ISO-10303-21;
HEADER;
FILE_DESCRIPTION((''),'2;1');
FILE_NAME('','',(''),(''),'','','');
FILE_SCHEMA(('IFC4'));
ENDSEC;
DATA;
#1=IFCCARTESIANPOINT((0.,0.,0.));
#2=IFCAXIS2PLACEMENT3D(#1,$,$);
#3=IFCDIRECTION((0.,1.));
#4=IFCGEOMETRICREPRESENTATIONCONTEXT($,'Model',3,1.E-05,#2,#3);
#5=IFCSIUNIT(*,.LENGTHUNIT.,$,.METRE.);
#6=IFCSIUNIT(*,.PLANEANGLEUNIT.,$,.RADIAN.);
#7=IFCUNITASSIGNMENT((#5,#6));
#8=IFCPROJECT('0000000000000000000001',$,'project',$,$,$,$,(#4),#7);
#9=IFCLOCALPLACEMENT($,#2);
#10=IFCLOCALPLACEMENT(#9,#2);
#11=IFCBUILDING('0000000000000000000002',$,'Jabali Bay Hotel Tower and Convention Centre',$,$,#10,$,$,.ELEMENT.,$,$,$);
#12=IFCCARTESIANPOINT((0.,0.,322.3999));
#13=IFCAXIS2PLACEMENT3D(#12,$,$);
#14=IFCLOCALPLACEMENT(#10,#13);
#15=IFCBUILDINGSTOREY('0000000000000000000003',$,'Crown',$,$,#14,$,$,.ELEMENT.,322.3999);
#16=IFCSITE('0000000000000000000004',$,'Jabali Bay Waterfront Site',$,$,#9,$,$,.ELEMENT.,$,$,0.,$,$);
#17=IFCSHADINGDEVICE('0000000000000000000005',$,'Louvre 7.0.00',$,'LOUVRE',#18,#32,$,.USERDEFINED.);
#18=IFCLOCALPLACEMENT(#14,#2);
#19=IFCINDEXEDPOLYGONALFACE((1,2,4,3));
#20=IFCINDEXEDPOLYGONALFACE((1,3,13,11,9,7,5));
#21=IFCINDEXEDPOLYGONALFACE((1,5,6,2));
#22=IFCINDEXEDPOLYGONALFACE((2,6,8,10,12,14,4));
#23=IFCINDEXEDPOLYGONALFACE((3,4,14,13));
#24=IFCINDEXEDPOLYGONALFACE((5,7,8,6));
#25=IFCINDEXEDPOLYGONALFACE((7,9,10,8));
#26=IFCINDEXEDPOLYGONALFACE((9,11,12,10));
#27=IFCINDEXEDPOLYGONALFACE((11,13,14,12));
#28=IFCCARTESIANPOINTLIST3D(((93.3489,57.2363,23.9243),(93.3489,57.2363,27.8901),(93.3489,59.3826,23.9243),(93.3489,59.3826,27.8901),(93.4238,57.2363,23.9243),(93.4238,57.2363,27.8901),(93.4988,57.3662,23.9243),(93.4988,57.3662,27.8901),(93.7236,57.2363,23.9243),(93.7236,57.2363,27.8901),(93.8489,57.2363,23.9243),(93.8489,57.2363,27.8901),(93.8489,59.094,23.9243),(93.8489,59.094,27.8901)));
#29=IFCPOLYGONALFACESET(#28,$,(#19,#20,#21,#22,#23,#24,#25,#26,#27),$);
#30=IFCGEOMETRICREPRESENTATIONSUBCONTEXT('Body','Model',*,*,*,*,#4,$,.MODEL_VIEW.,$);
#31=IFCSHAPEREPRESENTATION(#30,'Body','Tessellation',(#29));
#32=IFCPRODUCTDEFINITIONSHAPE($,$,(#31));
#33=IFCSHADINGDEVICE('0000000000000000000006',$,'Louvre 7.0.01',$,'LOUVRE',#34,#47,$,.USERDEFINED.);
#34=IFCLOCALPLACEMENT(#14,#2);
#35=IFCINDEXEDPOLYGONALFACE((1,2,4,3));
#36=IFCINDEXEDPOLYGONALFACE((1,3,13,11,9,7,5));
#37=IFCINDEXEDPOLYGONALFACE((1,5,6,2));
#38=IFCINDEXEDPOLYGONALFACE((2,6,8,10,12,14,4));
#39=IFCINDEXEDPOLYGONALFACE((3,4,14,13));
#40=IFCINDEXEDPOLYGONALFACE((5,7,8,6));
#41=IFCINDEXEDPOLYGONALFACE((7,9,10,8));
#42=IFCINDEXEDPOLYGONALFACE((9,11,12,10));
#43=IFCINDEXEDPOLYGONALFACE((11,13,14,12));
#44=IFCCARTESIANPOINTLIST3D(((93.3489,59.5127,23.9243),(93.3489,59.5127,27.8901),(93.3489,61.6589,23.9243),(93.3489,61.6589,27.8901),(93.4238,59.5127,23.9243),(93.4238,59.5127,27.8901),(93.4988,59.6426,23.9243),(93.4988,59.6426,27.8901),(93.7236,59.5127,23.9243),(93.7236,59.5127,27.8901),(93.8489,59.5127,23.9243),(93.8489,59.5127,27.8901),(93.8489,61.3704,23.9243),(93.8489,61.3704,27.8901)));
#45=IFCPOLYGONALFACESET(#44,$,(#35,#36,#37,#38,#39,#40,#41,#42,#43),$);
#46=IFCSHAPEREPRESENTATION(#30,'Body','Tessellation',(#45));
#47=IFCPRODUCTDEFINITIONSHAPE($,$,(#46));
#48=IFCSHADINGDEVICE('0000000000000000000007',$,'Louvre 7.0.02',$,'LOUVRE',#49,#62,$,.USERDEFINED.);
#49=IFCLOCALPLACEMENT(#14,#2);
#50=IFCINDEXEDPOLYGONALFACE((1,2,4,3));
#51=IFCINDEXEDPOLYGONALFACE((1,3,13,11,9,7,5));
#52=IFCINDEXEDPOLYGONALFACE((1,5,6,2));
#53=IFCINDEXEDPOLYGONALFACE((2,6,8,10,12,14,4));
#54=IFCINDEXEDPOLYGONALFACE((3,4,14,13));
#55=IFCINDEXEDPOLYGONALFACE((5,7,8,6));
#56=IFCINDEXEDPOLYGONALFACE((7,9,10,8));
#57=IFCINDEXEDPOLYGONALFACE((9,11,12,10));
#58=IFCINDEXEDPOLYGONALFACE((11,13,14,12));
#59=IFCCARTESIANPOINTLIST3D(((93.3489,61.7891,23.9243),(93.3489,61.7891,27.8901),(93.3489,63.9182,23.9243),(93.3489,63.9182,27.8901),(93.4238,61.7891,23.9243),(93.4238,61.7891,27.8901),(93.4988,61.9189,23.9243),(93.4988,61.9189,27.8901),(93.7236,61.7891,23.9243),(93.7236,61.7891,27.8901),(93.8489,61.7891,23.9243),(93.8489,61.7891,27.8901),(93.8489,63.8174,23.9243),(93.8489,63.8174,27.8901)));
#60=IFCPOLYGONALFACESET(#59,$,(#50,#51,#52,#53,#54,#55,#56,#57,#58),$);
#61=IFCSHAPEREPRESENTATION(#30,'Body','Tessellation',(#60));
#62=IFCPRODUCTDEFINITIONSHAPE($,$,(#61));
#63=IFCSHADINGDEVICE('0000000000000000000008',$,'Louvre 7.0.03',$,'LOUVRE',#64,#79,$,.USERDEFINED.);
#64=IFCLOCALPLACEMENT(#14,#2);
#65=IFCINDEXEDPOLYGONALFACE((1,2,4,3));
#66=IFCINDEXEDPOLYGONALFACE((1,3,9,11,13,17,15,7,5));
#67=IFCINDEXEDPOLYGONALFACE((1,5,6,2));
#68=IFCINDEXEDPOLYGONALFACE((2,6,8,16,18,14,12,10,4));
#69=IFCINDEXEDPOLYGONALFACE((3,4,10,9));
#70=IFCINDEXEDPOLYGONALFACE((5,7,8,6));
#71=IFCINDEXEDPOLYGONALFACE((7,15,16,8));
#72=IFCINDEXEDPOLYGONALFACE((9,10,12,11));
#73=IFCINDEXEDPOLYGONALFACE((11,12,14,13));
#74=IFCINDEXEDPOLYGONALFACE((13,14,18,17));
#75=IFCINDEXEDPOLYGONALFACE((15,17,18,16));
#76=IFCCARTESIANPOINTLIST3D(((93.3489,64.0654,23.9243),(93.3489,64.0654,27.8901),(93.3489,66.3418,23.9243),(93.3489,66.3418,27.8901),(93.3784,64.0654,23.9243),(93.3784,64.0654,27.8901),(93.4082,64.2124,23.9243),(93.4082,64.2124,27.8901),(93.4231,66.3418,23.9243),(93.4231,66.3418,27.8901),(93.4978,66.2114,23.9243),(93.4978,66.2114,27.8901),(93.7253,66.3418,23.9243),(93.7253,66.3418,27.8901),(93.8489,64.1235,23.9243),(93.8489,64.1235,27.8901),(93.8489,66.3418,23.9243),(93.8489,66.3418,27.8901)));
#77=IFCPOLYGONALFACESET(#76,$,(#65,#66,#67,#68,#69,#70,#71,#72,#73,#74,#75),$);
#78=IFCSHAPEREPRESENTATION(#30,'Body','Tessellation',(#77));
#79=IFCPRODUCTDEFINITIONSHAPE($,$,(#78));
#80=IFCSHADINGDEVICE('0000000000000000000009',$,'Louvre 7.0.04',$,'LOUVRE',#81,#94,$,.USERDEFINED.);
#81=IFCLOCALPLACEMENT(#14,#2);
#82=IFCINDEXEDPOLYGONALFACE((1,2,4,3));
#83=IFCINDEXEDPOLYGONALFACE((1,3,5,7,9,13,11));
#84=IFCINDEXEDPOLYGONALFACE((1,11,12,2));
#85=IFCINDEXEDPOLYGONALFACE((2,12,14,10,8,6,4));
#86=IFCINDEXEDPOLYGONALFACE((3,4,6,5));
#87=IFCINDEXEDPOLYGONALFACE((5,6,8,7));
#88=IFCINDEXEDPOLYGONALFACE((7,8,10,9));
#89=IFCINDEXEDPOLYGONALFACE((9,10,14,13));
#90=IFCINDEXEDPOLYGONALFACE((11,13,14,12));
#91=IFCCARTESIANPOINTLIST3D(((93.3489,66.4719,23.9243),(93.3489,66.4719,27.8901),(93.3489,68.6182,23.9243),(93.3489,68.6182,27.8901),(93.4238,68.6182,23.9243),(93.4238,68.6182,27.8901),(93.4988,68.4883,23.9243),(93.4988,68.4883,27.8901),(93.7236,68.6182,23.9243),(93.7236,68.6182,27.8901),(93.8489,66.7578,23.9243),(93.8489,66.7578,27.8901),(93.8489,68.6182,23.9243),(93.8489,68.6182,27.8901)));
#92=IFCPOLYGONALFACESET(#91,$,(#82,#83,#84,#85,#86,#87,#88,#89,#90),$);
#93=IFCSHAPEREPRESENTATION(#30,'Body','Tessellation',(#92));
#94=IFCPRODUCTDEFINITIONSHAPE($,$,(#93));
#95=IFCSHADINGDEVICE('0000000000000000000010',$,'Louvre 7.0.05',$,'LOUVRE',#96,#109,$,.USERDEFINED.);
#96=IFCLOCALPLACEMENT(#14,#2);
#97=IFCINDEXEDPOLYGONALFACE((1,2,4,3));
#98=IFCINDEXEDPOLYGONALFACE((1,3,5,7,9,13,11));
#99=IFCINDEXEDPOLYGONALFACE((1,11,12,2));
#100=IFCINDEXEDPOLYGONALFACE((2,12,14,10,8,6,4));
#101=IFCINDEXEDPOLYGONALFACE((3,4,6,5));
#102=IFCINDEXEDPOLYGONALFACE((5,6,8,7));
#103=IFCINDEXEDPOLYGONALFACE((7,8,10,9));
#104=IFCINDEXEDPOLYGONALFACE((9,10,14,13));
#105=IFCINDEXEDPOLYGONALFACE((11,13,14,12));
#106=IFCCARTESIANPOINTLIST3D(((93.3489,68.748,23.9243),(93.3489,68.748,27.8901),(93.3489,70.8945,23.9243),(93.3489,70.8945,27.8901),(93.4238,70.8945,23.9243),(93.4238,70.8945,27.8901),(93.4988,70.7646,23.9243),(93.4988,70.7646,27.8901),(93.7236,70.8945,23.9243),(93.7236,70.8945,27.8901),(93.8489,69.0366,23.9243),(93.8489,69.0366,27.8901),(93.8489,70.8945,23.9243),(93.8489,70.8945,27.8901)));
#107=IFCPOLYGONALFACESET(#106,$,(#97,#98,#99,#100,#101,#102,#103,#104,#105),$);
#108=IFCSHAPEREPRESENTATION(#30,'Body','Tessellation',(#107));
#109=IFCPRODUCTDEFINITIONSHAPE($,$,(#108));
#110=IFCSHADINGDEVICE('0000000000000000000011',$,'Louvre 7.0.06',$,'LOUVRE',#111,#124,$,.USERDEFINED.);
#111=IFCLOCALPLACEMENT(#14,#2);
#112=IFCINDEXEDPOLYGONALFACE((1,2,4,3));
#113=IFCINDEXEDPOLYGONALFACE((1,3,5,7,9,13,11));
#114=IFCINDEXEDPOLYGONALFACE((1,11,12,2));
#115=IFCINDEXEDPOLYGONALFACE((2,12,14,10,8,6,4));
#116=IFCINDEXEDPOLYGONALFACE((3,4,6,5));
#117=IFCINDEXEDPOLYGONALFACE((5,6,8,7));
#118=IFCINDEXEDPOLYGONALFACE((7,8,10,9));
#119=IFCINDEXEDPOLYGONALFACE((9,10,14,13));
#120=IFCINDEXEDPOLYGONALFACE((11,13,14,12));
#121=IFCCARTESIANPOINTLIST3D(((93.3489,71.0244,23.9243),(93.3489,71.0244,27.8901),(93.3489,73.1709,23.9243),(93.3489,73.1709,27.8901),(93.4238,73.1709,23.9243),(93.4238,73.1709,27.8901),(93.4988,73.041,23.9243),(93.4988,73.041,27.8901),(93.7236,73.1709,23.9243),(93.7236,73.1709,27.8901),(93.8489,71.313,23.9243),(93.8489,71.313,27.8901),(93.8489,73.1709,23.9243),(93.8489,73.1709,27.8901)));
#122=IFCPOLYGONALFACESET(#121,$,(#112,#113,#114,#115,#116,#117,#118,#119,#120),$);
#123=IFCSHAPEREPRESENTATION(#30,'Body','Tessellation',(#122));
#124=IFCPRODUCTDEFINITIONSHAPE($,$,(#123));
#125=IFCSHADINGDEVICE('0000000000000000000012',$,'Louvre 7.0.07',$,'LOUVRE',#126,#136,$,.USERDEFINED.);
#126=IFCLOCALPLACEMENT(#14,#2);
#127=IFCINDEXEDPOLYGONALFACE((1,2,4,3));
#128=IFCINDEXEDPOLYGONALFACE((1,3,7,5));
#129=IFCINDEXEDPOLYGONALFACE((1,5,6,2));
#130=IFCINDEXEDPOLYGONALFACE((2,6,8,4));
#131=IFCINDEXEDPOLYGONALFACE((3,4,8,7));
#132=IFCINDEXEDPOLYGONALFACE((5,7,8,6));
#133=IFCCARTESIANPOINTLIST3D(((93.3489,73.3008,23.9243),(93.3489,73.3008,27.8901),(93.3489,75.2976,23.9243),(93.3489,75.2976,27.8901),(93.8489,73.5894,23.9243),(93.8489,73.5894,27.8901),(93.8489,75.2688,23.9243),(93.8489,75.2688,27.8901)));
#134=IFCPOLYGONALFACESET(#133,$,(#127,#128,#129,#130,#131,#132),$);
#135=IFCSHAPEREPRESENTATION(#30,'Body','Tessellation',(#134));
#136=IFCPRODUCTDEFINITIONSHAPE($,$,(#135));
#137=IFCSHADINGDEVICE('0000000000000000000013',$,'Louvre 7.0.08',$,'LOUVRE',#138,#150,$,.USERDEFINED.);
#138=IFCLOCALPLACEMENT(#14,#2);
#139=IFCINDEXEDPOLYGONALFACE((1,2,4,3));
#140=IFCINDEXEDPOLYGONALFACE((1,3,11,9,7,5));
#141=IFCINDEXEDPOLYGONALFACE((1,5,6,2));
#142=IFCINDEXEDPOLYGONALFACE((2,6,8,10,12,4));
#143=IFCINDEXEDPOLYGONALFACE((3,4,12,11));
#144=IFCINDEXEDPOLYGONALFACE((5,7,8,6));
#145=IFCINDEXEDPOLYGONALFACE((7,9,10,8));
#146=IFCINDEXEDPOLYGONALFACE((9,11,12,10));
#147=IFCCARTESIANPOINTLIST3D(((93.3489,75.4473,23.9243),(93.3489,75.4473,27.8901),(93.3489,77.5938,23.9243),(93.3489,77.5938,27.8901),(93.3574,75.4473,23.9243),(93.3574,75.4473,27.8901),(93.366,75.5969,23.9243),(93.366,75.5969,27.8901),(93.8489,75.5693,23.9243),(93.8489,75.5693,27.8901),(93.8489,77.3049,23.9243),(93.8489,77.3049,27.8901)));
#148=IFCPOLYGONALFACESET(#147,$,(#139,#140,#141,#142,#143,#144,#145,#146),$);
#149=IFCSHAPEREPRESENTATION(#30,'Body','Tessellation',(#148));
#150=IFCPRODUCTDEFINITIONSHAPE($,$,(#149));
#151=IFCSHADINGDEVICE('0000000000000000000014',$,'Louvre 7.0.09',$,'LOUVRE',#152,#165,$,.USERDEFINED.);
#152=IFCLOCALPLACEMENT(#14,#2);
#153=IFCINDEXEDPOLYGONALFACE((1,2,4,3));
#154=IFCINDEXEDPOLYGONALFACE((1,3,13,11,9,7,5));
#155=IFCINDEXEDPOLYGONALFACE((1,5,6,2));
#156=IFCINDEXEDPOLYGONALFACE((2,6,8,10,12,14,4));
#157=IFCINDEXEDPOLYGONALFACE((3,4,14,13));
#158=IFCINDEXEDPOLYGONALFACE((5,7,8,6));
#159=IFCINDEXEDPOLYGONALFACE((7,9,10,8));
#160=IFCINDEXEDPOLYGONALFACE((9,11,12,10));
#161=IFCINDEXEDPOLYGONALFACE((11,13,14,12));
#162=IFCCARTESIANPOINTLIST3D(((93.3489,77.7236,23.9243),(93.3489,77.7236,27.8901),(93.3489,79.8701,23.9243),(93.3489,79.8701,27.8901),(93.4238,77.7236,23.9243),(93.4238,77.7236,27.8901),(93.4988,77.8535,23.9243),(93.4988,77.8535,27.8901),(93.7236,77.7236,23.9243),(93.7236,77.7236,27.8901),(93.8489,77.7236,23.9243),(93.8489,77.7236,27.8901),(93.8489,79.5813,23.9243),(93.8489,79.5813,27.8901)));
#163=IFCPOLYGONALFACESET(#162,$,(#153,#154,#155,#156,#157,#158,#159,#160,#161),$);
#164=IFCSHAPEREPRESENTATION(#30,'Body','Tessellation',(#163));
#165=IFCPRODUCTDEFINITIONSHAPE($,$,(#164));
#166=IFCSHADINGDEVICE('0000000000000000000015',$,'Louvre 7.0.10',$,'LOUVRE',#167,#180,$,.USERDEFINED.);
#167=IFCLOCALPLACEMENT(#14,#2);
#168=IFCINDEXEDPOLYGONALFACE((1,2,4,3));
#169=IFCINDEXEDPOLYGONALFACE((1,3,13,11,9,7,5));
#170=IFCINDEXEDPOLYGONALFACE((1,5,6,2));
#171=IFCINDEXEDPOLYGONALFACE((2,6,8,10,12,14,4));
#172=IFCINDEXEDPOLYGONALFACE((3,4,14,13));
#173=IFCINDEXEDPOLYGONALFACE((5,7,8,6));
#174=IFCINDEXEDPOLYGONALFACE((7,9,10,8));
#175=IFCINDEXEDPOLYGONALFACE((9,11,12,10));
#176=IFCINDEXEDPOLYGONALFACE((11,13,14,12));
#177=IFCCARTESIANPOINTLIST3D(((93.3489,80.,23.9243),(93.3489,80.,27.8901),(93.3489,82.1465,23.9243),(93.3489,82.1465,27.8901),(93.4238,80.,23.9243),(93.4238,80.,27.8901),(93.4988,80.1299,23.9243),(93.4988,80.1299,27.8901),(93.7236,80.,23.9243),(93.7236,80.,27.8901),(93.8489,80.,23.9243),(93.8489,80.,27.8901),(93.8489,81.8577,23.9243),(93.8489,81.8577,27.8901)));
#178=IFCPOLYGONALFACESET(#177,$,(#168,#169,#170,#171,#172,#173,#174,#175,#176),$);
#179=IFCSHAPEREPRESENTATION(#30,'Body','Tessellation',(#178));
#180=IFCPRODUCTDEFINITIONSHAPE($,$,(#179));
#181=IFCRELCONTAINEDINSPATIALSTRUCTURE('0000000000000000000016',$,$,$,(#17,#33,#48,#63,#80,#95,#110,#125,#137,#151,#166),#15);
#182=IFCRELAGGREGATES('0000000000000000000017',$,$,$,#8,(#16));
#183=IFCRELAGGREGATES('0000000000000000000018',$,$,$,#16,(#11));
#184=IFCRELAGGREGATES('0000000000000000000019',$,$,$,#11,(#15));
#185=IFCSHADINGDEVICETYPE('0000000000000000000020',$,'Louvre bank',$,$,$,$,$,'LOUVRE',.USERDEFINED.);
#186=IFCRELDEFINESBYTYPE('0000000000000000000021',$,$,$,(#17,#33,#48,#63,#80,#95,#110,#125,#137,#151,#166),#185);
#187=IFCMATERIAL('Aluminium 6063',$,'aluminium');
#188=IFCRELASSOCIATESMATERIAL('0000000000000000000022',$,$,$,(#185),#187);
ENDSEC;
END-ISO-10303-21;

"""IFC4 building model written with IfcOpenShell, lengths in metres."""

from ifc_helpers import new_model, si_unit, direction, frame, origin, place, context, subcontext, project, spatial, polyline, outline, extrude, material, type_object, element, save


model = new_model("IFC4")

# Units and contexts
model_context = context("Model", 3, precision=1e-05, world=origin(), true_north=direction((0.0, 1.0)))
body_context = subcontext(model_context, "Body", "Model", "MODEL_VIEW")
ifc_project = project(units=[si_unit("LENGTHUNIT", "METRE"), si_unit("PLANEANGLEUNIT", "RADIAN")], contexts=[model_context])

# Site, building, storey
site_placement = place(None, origin())
site = spatial("IfcSite", under=ifc_project, at=site_placement, Name="Jabali Bay Waterfront Site", CompositionType="ELEMENT", RefElevation=0.0)
building_placement = place(site_placement, origin())
building = spatial("IfcBuilding", under=site, at=building_placement, Name="Jabali Bay Hotel Tower and Convention Centre", CompositionType="ELEMENT")
storey_placement = place(building_placement, frame((0.0, 0.0, 322.3999)))
storey = spatial("IfcBuildingStorey", under=building, at=storey_placement, Name="Crown", CompositionType="ELEMENT", Elevation=322.3999)

# Shading devices
ifc_material = material(Name="Aluminium 6063", Category="aluminium")
shading_device_type = type_object("IfcShadingDeviceType", Name="Louvre bank", ElementType="LOUVRE", PredefinedType="USERDEFINED", material=ifc_material)
shading_device_1_placement = place(storey_placement, frame((0.0, 0.0, 23.9243)))
element("IfcShadingDevice", 1, at=shading_device_1_placement, inside=storey, type_object=shading_device_type, Name="Louvre 7.0.00", ObjectType="LOUVRE", PredefinedType="USERDEFINED", context=body_context, shape_type="SweptSolid", body=[
    extrude(outline(polyline([(93.3489, 59.3826), (93.3489, 57.2363), (93.4238, 57.2363), (93.4988, 57.3662), (93.7236, 57.2363), (93.8489, 57.2363), (93.8489, 59.094), (93.3489, 59.3826)])), origin(), (0.0, 0.0, 1.0), 3.9658),
])
shading_device_2_placement = place(storey_placement, frame((0.0, 0.0, 23.9243)))
element("IfcShadingDevice", 2, at=shading_device_2_placement, inside=storey, type_object=shading_device_type, Name="Louvre 7.0.01", ObjectType="LOUVRE", PredefinedType="USERDEFINED", context=body_context, shape_type="SweptSolid", body=[
    extrude(outline(polyline([(93.3489, 61.6589), (93.3489, 59.5127), (93.4238, 59.5127), (93.4988, 59.6426), (93.7236, 59.5127), (93.8489, 59.5127), (93.8489, 61.3704), (93.3489, 61.6589)])), origin(), (0.0, 0.0, 1.0), 3.9658),
])
shading_device_3_placement = place(storey_placement, frame((0.0, 0.0, 23.9243)))
element("IfcShadingDevice", 3, at=shading_device_3_placement, inside=storey, type_object=shading_device_type, Name="Louvre 7.0.02", ObjectType="LOUVRE", PredefinedType="USERDEFINED", context=body_context, shape_type="SweptSolid", body=[
    extrude(outline(polyline([(93.3489, 63.9182), (93.3489, 61.7891), (93.4238, 61.7891), (93.4988, 61.9189), (93.7236, 61.7891), (93.8489, 61.7891), (93.8489, 63.8174), (93.3489, 63.9182)])), origin(), (0.0, 0.0, 1.0), 3.9658),
])
shading_device_4_placement = place(storey_placement, frame((0.0, 0.0, 23.9243)))
element("IfcShadingDevice", 4, at=shading_device_4_placement, inside=storey, type_object=shading_device_type, Name="Louvre 7.0.03", ObjectType="LOUVRE", PredefinedType="USERDEFINED", context=body_context, shape_type="SweptSolid", body=[
    extrude(outline(polyline([(93.3489, 66.3418), (93.3489, 64.0654), (93.3784, 64.0654), (93.4082, 64.2124), (93.8489, 64.1235), (93.8489, 66.3418), (93.7253, 66.3418), (93.4978, 66.2114), (93.4231, 66.3418), (93.3489, 66.3418)])), origin(), (0.0, 0.0, 1.0), 3.9658),
])
shading_device_5_placement = place(storey_placement, frame((0.0, 0.0, 23.9243)))
element("IfcShadingDevice", 5, at=shading_device_5_placement, inside=storey, type_object=shading_device_type, Name="Louvre 7.0.04", ObjectType="LOUVRE", PredefinedType="USERDEFINED", context=body_context, shape_type="SweptSolid", body=[
    extrude(outline(polyline([(93.3489, 68.6182), (93.3489, 66.4719), (93.8489, 66.7578), (93.8489, 68.6182), (93.7236, 68.6182), (93.4988, 68.4883), (93.4238, 68.6182), (93.3489, 68.6182)])), origin(), (0.0, 0.0, 1.0), 3.9658),
])
shading_device_6_placement = place(storey_placement, frame((0.0, 0.0, 23.9243)))
element("IfcShadingDevice", 6, at=shading_device_6_placement, inside=storey, type_object=shading_device_type, Name="Louvre 7.0.05", ObjectType="LOUVRE", PredefinedType="USERDEFINED", context=body_context, shape_type="SweptSolid", body=[
    extrude(outline(polyline([(93.3489, 70.8945), (93.3489, 68.748), (93.8489, 69.0366), (93.8489, 70.8945), (93.7236, 70.8945), (93.4988, 70.7646), (93.4238, 70.8945), (93.3489, 70.8945)])), origin(), (0.0, 0.0, 1.0), 3.9658),
])
shading_device_7_placement = place(storey_placement, frame((0.0, 0.0, 23.9243)))
element("IfcShadingDevice", 7, at=shading_device_7_placement, inside=storey, type_object=shading_device_type, Name="Louvre 7.0.06", ObjectType="LOUVRE", PredefinedType="USERDEFINED", context=body_context, shape_type="SweptSolid", body=[
    extrude(outline(polyline([(93.3489, 73.1709), (93.3489, 71.0244), (93.8489, 71.313), (93.8489, 73.1709), (93.7236, 73.1709), (93.4988, 73.041), (93.4238, 73.1709), (93.3489, 73.1709)])), origin(), (0.0, 0.0, 1.0), 3.9658),
])
shading_device_8_placement = place(storey_placement, frame((0.0, 0.0, 23.9243)))
element("IfcShadingDevice", 8, at=shading_device_8_placement, inside=storey, type_object=shading_device_type, Name="Louvre 7.0.07", ObjectType="LOUVRE", PredefinedType="USERDEFINED", context=body_context, shape_type="SweptSolid", body=[
    extrude(outline(polyline([(93.3489, 75.2976), (93.3489, 73.3008), (93.8489, 73.5894), (93.8489, 75.2688), (93.3489, 75.2976)])), origin(), (0.0, 0.0, 1.0), 3.9658),
])
shading_device_9_placement = place(storey_placement, frame((0.0, 0.0, 23.9243)))
element("IfcShadingDevice", 9, at=shading_device_9_placement, inside=storey, type_object=shading_device_type, Name="Louvre 7.0.08", ObjectType="LOUVRE", PredefinedType="USERDEFINED", context=body_context, shape_type="SweptSolid", body=[
    extrude(outline(polyline([(93.3489, 77.5938), (93.3489, 75.4473), (93.3574, 75.4473), (93.366, 75.5969), (93.8489, 75.5693), (93.8489, 77.3049), (93.3489, 77.5938)])), origin(), (0.0, 0.0, 1.0), 3.9658),
])
shading_device_10_placement = place(storey_placement, frame((0.0, 0.0, 23.9243)))
element("IfcShadingDevice", 10, at=shading_device_10_placement, inside=storey, type_object=shading_device_type, Name="Louvre 7.0.09", ObjectType="LOUVRE", PredefinedType="USERDEFINED", context=body_context, shape_type="SweptSolid", body=[
    extrude(outline(polyline([(93.3489, 79.8701), (93.3489, 77.7236), (93.4238, 77.7236), (93.4988, 77.8535), (93.7236, 77.7236), (93.8489, 77.7236), (93.8489, 79.5813), (93.3489, 79.8701)])), origin(), (0.0, 0.0, 1.0), 3.9658),
])
shading_device_11_placement = place(storey_placement, frame((0.0, 0.0, 23.9243)))
element("IfcShadingDevice", 11, at=shading_device_11_placement, inside=storey, type_object=shading_device_type, Name="Louvre 7.0.10", ObjectType="LOUVRE", PredefinedType="USERDEFINED", context=body_context, shape_type="SweptSolid", body=[
    extrude(outline(polyline([(93.3489, 82.1465), (93.3489, 80.0), (93.4238, 80.0), (93.4988, 80.1299), (93.7236, 80.0), (93.8489, 80.0), (93.8489, 81.8577), (93.3489, 82.1465)])), origin(), (0.0, 0.0, 1.0), 3.9658),
])

save(model, "model.ifc")
